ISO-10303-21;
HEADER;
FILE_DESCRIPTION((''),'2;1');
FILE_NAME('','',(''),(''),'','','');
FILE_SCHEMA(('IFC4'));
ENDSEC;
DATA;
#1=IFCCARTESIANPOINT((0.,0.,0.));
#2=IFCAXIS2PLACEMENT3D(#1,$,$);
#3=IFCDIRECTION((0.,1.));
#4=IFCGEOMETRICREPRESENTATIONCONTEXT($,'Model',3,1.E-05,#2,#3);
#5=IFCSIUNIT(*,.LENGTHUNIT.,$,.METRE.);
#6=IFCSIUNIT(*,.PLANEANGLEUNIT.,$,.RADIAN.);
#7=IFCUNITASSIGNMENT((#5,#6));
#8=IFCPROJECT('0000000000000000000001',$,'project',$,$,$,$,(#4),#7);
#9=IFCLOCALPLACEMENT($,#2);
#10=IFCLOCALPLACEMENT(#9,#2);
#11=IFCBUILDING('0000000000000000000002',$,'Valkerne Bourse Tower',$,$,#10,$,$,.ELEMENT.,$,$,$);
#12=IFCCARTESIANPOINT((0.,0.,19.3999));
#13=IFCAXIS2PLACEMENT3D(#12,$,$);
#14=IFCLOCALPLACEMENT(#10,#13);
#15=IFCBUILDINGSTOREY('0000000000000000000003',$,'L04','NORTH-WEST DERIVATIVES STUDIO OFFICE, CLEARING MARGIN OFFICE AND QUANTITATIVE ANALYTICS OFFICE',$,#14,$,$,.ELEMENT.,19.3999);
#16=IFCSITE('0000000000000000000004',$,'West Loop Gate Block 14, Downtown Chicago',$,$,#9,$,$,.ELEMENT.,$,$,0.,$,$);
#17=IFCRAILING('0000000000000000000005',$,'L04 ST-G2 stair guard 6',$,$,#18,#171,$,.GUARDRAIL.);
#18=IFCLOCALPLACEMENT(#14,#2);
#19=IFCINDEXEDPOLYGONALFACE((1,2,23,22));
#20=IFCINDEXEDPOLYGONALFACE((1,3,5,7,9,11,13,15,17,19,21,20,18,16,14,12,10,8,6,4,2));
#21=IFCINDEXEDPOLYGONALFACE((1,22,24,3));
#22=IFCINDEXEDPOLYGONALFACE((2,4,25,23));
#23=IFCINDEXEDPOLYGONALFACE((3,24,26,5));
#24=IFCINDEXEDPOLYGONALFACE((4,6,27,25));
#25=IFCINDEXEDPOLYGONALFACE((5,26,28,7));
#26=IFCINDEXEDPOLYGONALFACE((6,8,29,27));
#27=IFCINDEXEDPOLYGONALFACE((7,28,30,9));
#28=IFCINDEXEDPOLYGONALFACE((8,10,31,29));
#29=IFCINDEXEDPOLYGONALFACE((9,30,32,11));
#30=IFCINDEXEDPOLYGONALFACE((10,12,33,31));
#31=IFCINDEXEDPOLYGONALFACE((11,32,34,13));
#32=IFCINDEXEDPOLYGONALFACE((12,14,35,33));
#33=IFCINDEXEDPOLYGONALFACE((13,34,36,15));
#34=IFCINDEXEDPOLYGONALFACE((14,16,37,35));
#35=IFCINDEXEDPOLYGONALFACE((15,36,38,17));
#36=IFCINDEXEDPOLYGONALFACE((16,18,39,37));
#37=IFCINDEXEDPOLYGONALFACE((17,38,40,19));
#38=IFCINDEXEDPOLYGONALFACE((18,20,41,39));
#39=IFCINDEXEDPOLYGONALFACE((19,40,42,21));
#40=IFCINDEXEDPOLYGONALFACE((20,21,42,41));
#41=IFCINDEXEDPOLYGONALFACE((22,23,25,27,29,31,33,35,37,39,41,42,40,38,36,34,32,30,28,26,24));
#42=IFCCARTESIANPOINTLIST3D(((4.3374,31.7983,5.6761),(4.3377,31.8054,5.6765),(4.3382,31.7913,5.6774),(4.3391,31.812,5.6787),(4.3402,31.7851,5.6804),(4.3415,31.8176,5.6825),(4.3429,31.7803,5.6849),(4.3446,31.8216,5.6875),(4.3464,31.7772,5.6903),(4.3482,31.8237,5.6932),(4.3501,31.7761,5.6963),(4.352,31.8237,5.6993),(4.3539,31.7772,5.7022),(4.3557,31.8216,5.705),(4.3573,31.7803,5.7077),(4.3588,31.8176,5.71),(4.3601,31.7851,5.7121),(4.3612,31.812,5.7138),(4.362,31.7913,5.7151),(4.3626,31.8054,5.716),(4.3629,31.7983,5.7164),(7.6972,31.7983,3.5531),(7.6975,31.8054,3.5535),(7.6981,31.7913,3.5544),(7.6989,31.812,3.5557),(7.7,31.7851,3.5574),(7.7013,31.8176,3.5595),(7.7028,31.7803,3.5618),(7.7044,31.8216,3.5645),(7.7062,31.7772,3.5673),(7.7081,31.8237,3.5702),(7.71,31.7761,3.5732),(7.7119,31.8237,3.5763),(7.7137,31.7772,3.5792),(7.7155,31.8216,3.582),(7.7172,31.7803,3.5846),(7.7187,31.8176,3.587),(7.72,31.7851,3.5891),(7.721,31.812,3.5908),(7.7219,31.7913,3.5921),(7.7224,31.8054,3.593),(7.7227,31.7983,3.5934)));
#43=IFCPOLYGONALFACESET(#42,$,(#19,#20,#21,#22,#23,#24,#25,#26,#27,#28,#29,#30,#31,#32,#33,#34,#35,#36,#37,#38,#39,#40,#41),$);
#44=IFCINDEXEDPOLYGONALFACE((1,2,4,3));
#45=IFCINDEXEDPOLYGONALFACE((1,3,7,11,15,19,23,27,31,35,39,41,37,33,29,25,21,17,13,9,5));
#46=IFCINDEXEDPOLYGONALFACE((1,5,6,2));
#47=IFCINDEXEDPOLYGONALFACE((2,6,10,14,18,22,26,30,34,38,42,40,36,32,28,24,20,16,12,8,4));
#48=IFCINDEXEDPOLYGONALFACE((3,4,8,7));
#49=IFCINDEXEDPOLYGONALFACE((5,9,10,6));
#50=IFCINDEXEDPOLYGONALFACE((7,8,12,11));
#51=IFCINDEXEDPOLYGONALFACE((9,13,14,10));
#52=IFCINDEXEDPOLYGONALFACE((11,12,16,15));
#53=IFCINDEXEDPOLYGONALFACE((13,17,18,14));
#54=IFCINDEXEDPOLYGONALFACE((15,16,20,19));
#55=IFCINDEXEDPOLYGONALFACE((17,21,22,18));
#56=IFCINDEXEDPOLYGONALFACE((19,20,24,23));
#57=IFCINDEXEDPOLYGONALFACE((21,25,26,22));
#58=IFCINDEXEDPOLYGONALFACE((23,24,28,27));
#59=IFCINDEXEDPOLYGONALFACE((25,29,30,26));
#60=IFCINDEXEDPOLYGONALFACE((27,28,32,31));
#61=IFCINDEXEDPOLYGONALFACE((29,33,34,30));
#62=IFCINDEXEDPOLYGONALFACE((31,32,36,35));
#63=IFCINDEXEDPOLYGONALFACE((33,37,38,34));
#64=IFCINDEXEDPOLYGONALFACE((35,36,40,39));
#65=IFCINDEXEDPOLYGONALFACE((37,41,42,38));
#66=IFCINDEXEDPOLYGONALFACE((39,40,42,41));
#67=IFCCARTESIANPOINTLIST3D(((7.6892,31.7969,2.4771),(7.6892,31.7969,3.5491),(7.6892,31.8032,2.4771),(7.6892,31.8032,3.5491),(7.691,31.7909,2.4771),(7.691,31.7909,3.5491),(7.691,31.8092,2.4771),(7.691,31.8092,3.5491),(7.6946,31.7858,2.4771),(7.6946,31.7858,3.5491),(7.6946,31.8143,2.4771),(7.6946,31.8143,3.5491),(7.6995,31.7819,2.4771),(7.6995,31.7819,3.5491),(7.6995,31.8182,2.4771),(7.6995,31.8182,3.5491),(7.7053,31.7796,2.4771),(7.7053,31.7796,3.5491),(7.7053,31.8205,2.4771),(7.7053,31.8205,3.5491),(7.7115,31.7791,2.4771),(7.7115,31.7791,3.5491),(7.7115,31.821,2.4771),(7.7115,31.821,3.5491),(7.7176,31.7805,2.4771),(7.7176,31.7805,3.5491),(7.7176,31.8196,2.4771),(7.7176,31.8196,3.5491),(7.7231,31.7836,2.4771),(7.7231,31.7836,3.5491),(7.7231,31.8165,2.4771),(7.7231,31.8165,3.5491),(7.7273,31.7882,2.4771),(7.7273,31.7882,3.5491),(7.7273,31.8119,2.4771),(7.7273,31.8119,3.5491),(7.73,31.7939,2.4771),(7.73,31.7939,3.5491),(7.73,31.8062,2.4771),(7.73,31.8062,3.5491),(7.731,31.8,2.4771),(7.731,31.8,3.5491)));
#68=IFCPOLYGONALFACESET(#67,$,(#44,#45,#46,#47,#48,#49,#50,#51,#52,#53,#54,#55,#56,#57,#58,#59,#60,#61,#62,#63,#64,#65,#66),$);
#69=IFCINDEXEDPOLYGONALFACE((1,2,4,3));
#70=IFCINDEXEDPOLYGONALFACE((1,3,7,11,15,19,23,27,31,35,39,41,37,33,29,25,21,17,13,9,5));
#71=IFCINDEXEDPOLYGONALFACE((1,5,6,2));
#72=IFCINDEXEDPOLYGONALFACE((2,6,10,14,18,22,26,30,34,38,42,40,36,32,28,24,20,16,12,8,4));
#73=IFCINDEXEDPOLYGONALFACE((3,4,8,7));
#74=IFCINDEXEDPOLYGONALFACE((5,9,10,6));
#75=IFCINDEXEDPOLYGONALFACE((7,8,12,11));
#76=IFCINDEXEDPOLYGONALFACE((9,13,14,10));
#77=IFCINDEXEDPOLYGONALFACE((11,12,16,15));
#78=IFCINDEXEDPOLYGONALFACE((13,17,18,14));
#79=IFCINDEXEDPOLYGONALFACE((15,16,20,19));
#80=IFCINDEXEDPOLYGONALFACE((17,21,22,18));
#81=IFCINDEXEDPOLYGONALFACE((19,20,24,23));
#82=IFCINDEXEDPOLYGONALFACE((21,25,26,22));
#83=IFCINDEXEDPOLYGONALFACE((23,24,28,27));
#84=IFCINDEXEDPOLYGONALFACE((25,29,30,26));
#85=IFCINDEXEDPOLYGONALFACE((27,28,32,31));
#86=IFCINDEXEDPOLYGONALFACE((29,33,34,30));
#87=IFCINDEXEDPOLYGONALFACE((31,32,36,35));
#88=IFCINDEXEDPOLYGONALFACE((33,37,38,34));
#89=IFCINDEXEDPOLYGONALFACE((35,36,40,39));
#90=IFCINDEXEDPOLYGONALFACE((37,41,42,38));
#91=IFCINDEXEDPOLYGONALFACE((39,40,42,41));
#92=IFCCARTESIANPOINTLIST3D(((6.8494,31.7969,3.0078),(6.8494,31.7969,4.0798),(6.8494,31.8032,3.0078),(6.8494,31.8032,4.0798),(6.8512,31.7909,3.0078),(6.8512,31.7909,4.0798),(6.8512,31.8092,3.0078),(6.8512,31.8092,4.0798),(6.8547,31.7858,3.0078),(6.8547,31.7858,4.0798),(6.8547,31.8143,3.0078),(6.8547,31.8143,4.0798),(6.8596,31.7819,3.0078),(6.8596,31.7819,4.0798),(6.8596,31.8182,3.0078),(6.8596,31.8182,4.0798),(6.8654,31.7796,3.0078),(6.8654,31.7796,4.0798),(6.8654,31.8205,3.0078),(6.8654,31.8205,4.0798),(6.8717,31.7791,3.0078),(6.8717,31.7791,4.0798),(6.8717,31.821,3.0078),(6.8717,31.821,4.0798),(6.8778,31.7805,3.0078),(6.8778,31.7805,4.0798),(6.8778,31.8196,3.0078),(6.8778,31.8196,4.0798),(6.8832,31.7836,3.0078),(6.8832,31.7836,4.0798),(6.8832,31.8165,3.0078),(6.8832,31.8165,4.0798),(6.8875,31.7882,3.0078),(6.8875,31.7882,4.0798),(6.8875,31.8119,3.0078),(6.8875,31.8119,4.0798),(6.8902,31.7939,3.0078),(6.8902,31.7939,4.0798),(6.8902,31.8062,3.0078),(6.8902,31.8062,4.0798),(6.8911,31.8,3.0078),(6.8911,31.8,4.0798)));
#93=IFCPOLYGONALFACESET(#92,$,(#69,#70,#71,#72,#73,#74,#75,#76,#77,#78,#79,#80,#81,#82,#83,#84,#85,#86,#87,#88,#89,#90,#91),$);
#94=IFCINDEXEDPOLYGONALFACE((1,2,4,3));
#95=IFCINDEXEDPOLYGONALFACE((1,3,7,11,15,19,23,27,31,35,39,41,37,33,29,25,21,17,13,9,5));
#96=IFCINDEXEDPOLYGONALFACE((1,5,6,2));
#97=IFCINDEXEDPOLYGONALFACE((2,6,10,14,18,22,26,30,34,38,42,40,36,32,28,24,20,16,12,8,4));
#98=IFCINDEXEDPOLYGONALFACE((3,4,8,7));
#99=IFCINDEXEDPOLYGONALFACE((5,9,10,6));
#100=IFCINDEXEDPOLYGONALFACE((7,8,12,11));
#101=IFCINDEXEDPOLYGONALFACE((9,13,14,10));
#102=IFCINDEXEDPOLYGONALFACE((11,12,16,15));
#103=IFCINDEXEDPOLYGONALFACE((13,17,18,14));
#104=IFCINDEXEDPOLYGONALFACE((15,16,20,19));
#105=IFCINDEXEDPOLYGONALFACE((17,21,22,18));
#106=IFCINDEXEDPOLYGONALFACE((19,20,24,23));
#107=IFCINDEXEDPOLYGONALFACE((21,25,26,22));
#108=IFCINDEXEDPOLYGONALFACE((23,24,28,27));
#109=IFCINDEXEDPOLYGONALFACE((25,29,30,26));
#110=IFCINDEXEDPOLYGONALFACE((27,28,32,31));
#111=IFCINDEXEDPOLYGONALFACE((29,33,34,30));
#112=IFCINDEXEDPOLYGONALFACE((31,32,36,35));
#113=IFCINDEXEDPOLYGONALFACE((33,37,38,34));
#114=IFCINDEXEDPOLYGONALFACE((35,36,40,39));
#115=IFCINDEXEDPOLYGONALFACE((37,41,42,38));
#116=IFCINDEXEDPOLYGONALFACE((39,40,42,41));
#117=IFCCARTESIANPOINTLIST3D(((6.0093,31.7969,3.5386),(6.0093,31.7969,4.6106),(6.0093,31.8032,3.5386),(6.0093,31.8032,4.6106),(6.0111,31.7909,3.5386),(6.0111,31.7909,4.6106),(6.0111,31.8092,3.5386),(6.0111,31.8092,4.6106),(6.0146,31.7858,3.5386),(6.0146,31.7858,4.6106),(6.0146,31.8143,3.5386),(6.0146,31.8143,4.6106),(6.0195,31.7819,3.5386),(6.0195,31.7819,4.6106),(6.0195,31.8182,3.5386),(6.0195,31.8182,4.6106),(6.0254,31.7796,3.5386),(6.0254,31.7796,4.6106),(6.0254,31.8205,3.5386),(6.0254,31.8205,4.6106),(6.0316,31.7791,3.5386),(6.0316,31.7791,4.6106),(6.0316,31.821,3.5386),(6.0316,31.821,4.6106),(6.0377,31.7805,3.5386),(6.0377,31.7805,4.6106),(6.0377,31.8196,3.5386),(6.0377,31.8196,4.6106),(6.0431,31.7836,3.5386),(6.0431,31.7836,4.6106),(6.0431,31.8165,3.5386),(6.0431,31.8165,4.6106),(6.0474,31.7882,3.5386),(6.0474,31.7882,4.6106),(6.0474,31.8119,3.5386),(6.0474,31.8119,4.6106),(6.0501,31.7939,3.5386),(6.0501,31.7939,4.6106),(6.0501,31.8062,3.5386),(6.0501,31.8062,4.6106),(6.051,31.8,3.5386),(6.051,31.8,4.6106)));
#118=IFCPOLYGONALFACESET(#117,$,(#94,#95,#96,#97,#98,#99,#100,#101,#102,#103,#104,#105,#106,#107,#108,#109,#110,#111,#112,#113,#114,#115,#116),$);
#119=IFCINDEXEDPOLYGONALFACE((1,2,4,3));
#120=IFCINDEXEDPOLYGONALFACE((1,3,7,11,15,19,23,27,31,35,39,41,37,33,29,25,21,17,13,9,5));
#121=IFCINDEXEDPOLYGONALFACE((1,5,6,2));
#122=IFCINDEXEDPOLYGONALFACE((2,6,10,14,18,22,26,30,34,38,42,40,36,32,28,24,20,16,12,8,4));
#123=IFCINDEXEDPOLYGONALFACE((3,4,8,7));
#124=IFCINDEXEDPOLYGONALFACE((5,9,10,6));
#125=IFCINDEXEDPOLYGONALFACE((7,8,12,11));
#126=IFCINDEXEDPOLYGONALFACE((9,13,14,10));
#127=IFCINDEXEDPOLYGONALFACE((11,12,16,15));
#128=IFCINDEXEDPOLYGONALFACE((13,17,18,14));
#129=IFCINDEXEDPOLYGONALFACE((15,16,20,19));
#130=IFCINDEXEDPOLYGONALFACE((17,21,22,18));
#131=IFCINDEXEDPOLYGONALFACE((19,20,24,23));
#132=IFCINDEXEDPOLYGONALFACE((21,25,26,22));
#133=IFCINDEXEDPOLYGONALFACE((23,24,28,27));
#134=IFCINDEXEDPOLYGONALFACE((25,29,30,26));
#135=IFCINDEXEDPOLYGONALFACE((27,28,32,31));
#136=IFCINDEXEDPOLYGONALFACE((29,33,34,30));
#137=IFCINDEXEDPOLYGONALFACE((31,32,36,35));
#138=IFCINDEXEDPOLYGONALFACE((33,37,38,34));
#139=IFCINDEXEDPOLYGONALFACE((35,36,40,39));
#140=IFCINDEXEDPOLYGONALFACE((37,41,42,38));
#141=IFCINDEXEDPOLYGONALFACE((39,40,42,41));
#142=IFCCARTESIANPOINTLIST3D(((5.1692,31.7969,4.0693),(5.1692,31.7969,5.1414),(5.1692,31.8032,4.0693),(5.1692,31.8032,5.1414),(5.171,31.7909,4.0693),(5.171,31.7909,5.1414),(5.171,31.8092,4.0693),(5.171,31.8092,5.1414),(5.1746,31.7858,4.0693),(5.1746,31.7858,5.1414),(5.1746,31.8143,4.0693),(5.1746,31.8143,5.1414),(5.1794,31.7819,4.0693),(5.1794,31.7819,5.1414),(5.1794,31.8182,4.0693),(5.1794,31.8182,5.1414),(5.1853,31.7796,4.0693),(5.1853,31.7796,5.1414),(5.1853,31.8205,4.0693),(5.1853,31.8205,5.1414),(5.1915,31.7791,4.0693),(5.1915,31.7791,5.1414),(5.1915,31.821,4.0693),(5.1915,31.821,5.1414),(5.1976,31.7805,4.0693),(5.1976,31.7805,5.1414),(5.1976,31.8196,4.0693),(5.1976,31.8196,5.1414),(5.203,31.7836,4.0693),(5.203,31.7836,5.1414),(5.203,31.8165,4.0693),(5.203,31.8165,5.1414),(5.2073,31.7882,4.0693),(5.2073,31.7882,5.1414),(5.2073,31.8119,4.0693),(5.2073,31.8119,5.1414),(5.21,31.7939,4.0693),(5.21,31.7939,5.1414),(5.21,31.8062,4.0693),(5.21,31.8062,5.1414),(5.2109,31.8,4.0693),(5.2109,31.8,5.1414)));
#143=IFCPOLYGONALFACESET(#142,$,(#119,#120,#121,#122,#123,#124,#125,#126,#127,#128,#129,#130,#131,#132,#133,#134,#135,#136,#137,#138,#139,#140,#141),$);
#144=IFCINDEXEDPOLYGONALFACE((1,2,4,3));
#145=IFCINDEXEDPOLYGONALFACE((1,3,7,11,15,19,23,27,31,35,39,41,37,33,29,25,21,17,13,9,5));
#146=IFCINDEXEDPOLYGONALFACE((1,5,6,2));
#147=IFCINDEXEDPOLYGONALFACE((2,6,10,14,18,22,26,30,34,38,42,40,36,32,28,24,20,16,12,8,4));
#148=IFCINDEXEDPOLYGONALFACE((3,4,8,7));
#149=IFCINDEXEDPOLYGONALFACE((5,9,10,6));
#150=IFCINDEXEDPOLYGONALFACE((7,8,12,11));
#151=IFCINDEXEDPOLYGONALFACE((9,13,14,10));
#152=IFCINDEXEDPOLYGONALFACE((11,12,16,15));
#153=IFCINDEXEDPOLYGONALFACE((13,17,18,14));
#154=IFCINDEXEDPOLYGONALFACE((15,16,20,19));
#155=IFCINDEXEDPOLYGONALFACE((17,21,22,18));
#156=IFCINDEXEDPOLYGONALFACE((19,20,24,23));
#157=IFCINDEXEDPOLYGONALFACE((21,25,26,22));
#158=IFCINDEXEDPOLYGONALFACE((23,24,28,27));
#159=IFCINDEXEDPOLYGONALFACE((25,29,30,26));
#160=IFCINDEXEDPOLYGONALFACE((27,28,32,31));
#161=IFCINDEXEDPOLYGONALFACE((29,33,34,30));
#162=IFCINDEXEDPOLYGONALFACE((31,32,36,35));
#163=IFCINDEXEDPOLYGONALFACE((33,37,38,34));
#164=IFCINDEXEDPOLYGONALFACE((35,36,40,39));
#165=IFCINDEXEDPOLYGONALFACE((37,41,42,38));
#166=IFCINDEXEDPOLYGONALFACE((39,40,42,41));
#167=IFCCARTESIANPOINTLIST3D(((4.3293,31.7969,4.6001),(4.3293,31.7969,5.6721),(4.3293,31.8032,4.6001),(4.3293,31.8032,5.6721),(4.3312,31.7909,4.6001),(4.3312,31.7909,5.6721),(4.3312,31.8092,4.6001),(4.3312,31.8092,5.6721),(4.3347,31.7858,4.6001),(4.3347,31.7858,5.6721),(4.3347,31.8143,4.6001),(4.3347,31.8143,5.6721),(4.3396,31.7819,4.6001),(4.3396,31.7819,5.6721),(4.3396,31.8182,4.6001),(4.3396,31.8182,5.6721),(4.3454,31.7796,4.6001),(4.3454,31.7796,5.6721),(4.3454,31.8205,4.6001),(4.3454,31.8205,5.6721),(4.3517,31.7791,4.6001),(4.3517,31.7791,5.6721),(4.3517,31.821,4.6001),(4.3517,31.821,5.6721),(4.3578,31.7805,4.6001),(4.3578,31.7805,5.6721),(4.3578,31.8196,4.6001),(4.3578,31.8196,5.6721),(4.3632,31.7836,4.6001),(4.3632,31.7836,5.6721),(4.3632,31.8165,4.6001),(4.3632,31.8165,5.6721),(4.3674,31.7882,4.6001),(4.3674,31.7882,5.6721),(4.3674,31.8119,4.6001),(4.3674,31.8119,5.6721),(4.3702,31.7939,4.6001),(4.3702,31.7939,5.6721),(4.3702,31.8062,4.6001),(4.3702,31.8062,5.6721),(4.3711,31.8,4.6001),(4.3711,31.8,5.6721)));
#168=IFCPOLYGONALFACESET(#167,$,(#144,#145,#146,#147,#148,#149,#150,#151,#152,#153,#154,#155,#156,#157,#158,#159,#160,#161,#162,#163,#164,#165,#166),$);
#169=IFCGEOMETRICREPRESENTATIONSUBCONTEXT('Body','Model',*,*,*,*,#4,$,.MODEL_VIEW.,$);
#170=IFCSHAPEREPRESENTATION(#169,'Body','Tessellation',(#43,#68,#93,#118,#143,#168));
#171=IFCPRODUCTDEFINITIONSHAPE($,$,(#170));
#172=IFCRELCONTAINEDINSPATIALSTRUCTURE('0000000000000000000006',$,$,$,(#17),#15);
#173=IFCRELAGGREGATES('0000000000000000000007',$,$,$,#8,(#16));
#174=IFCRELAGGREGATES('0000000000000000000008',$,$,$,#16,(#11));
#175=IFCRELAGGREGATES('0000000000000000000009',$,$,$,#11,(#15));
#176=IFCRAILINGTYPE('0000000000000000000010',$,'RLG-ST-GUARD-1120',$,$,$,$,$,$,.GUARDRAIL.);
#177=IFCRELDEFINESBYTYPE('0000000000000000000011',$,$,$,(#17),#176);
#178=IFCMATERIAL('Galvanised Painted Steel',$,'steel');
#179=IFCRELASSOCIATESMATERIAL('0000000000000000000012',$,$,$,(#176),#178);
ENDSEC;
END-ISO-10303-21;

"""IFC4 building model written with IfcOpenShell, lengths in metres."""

from ifc_helpers import new_model, si_unit, direction, frame, origin, origin_2d, place, context, subcontext, project, spatial, circle, extrude, material, type_object, element, save


model = new_model("IFC4")

# Units and contexts
model_context = context("Model", 3, precision=1e-05, world=origin(), true_north=direction((0.0, 1.0)))
body_context = subcontext(model_context, "Body", "Model", "MODEL_VIEW")
ifc_project = project(units=[si_unit("LENGTHUNIT", "METRE"), si_unit("PLANEANGLEUNIT", "RADIAN")], contexts=[model_context])

# Site, building, storey
site_placement = place(None, origin())
site = spatial("IfcSite", under=ifc_project, at=site_placement, Name="West Loop Gate Block 14, Downtown Chicago", CompositionType="ELEMENT", RefElevation=0.0)
building_placement = place(site_placement, origin())
building = spatial("IfcBuilding", under=site, at=building_placement, Name="Valkerne Bourse Tower", CompositionType="ELEMENT")
storey_placement = place(building_placement, frame((0.0, 0.0, 19.3999)))
storey = spatial("IfcBuildingStorey", under=building, at=storey_placement, Name="L04", Description="NORTH-WEST DERIVATIVES STUDIO OFFICE, CLEARING MARGIN OFFICE AND QUANTITATIVE ANALYTICS OFFICE", CompositionType="ELEMENT", Elevation=19.3999)

# Shared definitions
ifc_material_1 = material(Name="Galvanised Painted Steel", Category="steel")

# Railing
railing_type_1 = type_object("IfcRailingType", Name="RLG-ST-GUARD-1120", PredefinedType="GUARDRAIL", material=ifc_material_1)
railing_1_placement = place(storey_placement, frame((7.71, 31.8, 2.4771)))
element("IfcRailing", 1, at=railing_1_placement, inside=storey, type_object=railing_type_1, Name="L04 ST-G2 stair guard 6", PredefinedType="GUARDRAIL", context=body_context, shape_type="SweptSolid", body=[
    extrude(circle(Radius=0.0239, at=origin_2d()), frame((0.0, 0.0, 1.0962), z_axis=(-0.845372, 0.0, 0.534178), x_axis=(0.0, -1.0, 0.0)), (0.0, 0.0, 1.0), 3.9744),
    extrude(circle(Radius=0.021, at=origin_2d()), origin(), (0.0, 0.0, 1.0), 1.072),
    extrude(circle(Radius=0.021, at=origin_2d()), frame((-0.8398, 0.0, 0.5308)), (0.0, 0.0, 1.0), 1.072),
    extrude(circle(Radius=0.021, at=origin_2d()), frame((-1.6799, 0.0, 1.0615)), (0.0, 0.0, 1.0), 1.072),
    extrude(circle(Radius=0.021, at=origin_2d()), frame((-2.52, 0.0, 1.5923)), (0.0, 0.0, 1.0), 1.072),
    extrude(circle(Radius=0.021, at=origin_2d()), frame((-3.3599, 0.0, 2.123)), (0.0, 0.0, 1.0), 1.072),
])

save(model, "model.ifc")
